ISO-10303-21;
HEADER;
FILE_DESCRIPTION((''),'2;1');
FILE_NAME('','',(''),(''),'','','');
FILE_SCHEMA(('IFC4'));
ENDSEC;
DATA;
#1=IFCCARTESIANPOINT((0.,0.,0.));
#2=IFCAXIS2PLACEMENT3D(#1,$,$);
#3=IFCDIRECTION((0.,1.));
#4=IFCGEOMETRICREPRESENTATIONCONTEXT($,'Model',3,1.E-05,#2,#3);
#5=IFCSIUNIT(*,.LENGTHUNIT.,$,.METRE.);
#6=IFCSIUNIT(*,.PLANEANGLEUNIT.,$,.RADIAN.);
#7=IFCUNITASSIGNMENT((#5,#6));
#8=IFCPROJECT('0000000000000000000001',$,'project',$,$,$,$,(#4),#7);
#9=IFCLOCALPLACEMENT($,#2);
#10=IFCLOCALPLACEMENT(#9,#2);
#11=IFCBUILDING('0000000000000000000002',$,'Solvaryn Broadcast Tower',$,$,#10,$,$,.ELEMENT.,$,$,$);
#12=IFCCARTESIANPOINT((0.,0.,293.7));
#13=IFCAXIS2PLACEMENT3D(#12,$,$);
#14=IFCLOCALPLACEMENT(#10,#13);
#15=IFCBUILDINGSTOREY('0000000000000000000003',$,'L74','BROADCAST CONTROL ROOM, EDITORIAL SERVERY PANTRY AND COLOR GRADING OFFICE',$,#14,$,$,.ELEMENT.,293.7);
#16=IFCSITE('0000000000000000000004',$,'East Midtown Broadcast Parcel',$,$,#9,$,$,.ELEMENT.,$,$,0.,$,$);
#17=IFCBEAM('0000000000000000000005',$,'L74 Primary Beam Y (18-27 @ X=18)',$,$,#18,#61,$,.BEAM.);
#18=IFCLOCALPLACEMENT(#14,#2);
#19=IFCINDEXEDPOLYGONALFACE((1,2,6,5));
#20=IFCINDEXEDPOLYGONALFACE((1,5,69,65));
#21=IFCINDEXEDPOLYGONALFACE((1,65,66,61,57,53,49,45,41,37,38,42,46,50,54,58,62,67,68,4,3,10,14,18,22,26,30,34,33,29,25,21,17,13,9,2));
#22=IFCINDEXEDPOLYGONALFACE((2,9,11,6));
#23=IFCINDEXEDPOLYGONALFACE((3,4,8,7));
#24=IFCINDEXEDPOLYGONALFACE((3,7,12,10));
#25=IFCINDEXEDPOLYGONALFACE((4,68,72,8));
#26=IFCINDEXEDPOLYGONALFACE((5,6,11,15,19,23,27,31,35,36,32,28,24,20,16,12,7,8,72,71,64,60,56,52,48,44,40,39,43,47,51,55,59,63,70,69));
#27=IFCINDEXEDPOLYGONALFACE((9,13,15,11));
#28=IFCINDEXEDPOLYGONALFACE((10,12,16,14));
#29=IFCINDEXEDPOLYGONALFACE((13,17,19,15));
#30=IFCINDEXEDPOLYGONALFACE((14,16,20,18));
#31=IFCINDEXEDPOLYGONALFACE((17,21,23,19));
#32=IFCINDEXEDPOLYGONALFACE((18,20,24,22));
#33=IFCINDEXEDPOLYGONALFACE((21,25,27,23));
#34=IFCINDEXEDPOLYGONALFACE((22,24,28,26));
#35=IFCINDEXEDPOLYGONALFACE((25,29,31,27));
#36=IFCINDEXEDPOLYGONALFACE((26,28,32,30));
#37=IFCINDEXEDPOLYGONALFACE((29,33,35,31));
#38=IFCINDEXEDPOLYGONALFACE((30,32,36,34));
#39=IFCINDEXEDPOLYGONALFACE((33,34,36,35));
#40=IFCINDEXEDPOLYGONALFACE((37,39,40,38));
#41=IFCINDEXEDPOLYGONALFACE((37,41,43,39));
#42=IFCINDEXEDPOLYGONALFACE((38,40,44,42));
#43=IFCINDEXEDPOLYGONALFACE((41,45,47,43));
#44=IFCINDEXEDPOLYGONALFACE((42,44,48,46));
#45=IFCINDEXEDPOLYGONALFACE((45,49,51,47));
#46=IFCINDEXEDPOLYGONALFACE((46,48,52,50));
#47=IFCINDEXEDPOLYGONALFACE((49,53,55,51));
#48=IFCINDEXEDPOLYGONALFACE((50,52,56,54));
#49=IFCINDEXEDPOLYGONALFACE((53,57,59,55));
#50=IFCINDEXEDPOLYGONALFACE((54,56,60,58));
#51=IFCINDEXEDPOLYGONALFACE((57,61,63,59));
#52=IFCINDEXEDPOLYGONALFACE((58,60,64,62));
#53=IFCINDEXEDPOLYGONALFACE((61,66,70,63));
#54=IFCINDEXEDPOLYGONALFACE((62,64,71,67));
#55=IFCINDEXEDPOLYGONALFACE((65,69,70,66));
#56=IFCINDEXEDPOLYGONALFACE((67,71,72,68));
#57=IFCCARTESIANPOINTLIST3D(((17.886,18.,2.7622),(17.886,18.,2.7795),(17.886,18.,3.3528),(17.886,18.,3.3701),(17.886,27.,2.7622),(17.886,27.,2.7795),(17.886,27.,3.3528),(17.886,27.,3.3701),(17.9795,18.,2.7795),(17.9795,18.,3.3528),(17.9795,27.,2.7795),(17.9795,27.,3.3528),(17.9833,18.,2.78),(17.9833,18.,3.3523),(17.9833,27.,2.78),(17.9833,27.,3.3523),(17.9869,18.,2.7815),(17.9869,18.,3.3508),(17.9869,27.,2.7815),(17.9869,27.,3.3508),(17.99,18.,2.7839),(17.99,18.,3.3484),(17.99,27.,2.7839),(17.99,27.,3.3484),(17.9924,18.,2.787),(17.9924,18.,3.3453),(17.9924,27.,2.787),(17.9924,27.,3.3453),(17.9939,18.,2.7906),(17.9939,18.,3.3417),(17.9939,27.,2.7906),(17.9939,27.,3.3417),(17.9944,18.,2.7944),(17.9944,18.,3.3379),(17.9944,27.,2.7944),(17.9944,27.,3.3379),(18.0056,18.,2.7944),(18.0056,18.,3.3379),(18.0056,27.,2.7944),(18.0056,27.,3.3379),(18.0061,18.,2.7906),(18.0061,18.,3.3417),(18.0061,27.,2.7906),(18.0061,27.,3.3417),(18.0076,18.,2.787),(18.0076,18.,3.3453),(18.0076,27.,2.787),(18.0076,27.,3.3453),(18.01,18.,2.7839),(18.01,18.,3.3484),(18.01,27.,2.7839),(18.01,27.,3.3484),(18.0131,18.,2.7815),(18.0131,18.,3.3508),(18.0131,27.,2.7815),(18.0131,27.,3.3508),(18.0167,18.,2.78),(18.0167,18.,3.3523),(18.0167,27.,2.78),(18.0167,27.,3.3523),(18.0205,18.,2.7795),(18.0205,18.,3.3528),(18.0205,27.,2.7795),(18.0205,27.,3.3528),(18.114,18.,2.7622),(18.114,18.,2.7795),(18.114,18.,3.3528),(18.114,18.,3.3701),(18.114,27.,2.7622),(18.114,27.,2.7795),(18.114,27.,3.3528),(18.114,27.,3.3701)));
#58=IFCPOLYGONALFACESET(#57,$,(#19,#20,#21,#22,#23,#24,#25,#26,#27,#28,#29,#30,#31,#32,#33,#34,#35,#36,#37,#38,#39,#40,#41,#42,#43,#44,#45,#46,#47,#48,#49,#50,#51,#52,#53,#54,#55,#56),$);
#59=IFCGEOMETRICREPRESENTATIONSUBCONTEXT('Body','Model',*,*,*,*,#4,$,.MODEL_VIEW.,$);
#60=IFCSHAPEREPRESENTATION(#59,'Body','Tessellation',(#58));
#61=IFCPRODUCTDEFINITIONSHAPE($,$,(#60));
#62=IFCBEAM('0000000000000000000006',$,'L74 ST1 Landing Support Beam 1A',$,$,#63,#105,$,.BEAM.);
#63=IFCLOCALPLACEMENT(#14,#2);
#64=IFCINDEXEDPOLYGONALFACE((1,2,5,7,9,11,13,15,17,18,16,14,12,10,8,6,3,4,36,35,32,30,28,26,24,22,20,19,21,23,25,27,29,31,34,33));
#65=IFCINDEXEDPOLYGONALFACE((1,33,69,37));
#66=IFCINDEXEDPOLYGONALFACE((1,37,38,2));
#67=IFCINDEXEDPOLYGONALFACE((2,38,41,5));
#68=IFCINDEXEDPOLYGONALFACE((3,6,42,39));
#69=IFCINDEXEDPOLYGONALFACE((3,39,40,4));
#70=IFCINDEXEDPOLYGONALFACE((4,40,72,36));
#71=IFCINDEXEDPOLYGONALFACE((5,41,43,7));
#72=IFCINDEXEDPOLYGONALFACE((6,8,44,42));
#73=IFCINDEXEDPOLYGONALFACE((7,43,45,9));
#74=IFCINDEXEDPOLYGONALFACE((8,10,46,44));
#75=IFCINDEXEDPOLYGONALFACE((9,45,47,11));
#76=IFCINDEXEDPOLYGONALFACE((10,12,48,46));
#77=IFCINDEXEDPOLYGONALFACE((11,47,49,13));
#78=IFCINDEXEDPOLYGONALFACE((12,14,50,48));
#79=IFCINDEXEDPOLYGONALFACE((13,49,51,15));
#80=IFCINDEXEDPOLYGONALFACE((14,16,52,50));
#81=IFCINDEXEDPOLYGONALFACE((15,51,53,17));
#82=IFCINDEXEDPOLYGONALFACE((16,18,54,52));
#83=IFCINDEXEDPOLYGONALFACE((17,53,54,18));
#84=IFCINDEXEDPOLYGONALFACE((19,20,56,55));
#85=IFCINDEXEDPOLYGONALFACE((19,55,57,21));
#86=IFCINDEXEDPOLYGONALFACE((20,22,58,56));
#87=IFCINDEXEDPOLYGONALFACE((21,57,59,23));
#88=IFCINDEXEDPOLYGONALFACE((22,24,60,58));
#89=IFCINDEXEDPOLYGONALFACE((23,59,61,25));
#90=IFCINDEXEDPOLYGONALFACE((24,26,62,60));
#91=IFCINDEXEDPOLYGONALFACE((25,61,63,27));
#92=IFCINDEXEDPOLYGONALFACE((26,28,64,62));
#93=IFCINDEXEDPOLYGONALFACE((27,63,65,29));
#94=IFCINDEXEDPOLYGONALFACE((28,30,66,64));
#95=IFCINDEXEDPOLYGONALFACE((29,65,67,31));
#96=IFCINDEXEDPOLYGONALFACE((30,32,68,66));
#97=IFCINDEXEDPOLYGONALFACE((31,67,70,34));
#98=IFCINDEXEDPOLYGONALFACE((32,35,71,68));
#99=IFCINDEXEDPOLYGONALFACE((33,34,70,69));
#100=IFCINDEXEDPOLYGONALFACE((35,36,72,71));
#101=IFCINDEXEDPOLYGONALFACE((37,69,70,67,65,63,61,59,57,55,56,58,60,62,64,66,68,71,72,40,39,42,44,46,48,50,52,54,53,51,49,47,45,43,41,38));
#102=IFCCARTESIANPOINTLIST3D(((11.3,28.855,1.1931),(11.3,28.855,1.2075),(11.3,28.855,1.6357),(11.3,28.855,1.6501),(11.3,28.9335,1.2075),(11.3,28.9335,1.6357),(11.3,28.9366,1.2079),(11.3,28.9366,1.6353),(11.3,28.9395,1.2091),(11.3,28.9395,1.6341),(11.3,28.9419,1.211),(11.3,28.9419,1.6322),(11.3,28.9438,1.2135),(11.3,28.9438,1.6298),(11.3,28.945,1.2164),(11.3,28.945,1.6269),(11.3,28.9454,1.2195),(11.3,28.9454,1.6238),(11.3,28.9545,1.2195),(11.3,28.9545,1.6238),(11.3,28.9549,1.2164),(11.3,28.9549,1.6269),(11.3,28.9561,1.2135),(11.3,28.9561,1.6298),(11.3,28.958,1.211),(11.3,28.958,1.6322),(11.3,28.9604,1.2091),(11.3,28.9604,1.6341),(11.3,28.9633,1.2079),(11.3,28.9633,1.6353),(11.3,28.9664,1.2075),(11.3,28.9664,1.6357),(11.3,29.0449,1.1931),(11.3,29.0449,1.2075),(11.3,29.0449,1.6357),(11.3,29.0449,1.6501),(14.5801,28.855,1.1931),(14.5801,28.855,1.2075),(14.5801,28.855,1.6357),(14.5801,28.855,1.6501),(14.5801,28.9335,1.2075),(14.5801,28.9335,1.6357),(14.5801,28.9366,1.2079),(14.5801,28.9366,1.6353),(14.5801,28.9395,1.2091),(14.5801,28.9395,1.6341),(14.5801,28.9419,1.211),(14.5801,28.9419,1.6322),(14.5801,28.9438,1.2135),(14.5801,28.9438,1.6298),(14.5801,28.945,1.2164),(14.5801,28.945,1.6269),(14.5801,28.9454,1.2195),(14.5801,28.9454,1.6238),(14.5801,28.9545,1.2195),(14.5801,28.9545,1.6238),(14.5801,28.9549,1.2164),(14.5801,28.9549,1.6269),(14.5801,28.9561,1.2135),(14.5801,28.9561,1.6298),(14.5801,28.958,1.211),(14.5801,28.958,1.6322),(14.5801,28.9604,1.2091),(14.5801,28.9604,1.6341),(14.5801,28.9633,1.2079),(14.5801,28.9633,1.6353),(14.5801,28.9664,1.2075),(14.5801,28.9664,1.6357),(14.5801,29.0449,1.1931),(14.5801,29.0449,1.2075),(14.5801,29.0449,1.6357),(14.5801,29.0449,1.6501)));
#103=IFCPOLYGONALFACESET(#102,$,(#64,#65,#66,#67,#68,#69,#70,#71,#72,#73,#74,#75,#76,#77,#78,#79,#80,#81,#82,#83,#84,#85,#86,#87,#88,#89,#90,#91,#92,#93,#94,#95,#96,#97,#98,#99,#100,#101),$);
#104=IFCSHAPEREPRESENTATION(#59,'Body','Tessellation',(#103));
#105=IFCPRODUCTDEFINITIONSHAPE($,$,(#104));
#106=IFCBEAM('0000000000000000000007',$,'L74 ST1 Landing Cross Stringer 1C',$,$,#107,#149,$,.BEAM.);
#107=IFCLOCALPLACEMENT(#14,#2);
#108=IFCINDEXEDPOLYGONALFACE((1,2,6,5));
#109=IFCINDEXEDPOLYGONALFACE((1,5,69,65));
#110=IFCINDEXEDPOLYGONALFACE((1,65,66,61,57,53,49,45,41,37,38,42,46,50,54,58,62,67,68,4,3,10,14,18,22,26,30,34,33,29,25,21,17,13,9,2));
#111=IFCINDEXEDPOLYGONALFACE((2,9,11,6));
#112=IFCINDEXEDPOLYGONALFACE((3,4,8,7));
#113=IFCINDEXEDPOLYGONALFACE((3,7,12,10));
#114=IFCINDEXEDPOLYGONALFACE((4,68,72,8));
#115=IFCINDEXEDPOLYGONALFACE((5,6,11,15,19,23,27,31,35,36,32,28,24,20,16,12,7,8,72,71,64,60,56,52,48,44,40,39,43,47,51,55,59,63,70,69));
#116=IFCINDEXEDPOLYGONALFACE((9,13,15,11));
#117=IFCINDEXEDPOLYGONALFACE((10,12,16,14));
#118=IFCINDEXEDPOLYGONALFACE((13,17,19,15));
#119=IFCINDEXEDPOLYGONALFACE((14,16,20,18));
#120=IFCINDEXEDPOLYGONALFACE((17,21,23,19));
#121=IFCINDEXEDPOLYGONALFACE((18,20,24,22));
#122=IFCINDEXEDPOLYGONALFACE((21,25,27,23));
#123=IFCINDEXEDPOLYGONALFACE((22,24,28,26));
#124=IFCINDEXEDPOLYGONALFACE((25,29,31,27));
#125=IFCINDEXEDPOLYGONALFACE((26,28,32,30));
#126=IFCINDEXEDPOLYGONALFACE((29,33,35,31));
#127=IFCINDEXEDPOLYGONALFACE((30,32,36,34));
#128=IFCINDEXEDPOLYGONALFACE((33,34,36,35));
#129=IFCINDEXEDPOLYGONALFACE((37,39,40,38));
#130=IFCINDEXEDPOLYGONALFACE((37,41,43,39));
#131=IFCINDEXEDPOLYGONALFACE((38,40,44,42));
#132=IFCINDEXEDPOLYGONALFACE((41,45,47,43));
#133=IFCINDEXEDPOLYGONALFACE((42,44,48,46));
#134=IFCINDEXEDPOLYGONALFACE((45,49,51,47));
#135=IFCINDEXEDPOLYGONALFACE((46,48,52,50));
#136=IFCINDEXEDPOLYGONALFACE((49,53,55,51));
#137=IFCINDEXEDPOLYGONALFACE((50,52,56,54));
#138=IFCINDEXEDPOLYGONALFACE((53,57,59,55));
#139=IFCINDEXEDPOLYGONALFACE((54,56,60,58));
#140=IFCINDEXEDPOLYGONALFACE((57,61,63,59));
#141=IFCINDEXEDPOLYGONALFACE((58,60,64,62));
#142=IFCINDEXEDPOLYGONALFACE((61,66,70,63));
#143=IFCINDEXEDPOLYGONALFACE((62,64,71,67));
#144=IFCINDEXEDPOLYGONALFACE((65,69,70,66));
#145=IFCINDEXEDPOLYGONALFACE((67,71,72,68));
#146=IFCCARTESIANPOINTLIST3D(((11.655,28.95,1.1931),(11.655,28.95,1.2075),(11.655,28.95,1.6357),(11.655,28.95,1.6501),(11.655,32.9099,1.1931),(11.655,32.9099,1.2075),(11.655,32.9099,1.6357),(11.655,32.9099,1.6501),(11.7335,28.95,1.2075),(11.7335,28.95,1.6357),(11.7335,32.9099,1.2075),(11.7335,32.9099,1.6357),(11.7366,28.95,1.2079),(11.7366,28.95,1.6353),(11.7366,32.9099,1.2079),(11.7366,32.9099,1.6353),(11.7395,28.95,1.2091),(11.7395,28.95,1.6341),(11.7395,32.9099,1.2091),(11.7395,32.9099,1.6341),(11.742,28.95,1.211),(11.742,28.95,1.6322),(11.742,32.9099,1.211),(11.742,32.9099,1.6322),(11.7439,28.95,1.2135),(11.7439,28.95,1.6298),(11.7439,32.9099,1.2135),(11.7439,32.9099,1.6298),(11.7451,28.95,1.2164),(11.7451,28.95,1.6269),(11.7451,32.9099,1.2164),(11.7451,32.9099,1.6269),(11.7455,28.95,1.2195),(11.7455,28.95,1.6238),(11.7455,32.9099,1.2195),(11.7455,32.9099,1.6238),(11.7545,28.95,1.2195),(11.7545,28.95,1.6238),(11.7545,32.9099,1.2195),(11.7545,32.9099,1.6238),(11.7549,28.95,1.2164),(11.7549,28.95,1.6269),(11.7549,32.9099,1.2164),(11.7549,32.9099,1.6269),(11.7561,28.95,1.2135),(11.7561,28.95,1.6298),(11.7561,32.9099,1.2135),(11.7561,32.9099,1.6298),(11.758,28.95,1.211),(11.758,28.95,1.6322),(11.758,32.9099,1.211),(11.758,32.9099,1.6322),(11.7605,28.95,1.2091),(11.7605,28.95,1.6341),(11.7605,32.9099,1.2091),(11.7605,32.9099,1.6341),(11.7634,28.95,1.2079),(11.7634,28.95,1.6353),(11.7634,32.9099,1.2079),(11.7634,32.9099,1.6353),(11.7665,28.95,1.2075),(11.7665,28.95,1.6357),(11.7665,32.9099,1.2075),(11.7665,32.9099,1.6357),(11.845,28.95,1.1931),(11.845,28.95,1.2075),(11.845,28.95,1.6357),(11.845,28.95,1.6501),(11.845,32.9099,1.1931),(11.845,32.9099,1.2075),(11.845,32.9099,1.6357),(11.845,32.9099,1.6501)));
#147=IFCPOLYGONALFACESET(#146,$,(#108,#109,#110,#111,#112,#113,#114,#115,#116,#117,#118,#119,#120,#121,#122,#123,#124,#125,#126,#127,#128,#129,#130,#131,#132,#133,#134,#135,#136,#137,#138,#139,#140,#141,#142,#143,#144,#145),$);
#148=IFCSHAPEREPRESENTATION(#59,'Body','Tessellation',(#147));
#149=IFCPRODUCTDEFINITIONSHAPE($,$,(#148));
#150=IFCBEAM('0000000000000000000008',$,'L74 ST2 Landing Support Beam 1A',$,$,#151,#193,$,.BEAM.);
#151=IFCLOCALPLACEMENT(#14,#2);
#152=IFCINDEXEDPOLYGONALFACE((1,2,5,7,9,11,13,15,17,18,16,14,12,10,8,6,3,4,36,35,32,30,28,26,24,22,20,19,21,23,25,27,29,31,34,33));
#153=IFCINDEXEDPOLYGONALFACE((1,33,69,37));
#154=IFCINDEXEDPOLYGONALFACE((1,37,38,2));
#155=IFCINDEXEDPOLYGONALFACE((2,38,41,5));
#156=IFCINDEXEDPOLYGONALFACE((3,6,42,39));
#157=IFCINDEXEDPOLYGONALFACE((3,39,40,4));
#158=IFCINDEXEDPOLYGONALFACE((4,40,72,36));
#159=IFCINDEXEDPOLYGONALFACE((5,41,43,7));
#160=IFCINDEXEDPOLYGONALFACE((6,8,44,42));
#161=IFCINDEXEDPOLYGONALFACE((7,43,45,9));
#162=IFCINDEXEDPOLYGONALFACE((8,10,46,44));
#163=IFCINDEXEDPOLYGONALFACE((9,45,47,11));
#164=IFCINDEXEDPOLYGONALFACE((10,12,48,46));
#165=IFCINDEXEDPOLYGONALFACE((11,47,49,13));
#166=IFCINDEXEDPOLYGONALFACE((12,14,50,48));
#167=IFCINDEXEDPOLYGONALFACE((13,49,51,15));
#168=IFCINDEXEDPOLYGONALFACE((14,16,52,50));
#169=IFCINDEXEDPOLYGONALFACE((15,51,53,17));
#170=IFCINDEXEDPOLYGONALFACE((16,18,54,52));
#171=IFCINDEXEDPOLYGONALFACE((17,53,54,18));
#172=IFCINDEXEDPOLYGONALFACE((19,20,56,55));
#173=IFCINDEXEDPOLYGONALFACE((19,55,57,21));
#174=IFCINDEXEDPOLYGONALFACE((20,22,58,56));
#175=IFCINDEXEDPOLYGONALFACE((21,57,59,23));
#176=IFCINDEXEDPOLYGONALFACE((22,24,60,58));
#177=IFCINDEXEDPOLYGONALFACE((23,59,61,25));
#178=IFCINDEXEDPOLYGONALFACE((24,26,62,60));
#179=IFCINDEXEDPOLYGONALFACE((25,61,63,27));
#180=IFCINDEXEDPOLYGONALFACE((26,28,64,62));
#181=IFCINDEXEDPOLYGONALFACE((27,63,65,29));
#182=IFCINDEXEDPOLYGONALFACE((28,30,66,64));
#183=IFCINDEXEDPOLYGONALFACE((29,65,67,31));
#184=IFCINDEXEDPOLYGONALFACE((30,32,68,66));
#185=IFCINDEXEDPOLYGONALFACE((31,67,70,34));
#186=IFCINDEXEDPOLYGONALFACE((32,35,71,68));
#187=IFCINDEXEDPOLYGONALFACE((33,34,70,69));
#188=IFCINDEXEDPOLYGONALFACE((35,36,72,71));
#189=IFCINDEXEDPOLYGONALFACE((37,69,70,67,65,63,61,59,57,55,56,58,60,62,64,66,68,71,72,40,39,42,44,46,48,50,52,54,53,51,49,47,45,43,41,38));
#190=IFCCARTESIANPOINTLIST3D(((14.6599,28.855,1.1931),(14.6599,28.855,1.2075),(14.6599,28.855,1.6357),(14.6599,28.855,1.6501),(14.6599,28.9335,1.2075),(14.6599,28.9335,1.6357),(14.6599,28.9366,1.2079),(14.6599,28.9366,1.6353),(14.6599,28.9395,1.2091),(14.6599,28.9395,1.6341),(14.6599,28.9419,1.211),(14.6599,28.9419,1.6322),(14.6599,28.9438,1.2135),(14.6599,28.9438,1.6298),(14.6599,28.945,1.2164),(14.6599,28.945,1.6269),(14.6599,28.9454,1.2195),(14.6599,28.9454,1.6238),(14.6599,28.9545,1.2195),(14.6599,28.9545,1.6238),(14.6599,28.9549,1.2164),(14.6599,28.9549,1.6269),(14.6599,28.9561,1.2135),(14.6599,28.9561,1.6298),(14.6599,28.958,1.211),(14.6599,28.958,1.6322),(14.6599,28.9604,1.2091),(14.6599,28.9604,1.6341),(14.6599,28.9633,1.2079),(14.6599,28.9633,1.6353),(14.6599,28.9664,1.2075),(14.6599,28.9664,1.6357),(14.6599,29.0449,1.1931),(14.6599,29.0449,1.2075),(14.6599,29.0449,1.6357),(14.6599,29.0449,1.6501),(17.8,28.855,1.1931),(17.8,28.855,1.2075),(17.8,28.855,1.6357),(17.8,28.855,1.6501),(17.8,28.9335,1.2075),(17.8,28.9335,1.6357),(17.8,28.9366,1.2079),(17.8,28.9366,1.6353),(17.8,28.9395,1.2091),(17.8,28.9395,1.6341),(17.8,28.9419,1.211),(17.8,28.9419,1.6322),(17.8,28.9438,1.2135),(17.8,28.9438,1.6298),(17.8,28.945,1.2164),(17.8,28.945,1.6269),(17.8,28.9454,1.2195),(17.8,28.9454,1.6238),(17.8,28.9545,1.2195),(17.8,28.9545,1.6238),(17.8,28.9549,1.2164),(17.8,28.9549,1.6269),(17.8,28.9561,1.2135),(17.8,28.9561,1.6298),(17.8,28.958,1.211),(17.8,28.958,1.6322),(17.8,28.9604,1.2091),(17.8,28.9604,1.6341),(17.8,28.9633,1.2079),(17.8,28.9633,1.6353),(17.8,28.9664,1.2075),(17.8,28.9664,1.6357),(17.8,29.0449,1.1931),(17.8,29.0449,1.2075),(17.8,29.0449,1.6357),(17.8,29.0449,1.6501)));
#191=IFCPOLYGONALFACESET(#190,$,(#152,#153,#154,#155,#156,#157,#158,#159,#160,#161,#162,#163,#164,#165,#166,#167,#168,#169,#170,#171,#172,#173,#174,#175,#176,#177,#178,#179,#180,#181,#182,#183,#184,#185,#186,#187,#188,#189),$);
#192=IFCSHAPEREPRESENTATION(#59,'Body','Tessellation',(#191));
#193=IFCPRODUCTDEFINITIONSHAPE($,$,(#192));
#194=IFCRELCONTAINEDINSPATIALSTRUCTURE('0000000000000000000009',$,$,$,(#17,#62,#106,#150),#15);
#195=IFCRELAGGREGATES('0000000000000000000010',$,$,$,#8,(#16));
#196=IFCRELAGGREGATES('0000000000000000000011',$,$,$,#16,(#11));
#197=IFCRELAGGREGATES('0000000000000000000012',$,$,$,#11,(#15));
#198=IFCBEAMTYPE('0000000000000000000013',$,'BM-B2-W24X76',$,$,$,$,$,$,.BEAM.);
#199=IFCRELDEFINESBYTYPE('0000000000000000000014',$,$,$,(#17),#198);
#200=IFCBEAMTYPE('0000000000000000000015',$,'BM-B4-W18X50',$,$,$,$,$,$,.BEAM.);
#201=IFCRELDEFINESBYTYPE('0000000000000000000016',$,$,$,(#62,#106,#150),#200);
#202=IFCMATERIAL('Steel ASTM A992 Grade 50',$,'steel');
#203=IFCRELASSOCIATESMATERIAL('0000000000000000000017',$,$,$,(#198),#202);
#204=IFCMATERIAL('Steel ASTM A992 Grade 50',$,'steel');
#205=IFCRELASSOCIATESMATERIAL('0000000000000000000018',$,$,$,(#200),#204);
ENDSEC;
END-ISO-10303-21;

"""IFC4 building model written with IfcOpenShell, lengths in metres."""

from ifc_helpers import new_model, si_unit, direction, frame, origin, origin_2d, place, context, subcontext, project, spatial, i_section, extrude, material, material_profile, profile_set, type_object, element, save


model = new_model("IFC4")

# Units and contexts
model_context = context("Model", 3, precision=1e-05, world=origin(), true_north=direction((0.0, 1.0)))
body_context = subcontext(model_context, "Body", "Model", "MODEL_VIEW")
ifc_project = project(units=[si_unit("LENGTHUNIT", "METRE"), si_unit("PLANEANGLEUNIT", "RADIAN")], contexts=[model_context])

# Site, building, storey
site_placement = place(None, origin())
site = spatial("IfcSite", under=ifc_project, at=site_placement, Name="East Midtown Broadcast Parcel", CompositionType="ELEMENT", RefElevation=0.0)
building_placement = place(site_placement, origin())
building = spatial("IfcBuilding", under=site, at=building_placement, Name="Solvaryn Broadcast Tower", CompositionType="ELEMENT")
storey_placement = place(building_placement, frame((0.0, 0.0, 293.7)))
storey = spatial("IfcBuildingStorey", under=building, at=storey_placement, Name="L74", Description="BROADCAST CONTROL ROOM, EDITORIAL SERVERY PANTRY AND COLOR GRADING OFFICE", CompositionType="ELEMENT", Elevation=293.7)

# Beams
ifc_material_1 = material(Name="Steel ASTM A992 Grade 50", Category="steel")
ifc_material_profile_1 = material_profile(ifc_material_1, i_section(OverallWidth=0.228, OverallDepth=0.6079, WebThickness=0.0112, FlangeThickness=0.0173, FilletRadius=0.0149, at=origin_2d()))
ifc_profile_set_1 = profile_set([ifc_material_profile_1], Name="Steel ASTM A992 Grade 50")
beam_type_1 = type_object("IfcBeamType", Name="BM-B2-W24X76", PredefinedType="BEAM", material=ifc_profile_set_1)
beam_1_placement = place(storey_placement, frame((18.0, 18.0, 3.0662), z_axis=(0.0, 1.0, 0.0), x_axis=(-1.0, 0.0, 0.0)))
element("IfcBeam", 1, at=beam_1_placement, inside=storey, type_object=beam_type_1, Name="L74 Primary Beam Y (18-27 @ X=18)", PredefinedType="BEAM", context=body_context, shape_type="SweptSolid", body=[
    extrude(i_section(OverallWidth=0.228, OverallDepth=0.6079, WebThickness=0.0112, FlangeThickness=0.0173, FilletRadius=0.0149, at=origin_2d()), origin(), (0.0, 0.0, 1.0), 9.0),
])
ifc_material_2 = material(Name="Steel ASTM A992 Grade 50", Category="steel")
ifc_material_profile_2 = material_profile(ifc_material_2, i_section(OverallWidth=0.1899, OverallDepth=0.457, WebThickness=0.009, FlangeThickness=0.0144, FilletRadius=0.012, at=origin_2d()))
ifc_profile_set_2 = profile_set([ifc_material_profile_2], Name="Steel ASTM A992 Grade 50")
beam_type_2 = type_object("IfcBeamType", Name="BM-B4-W18X50", PredefinedType="BEAM", material=ifc_profile_set_2)
beam_2_placement = place(storey_placement, frame((11.3, 28.95, 1.4216), z_axis=(1.0, 0.0, 0.0), x_axis=(0.0, 1.0, 0.0)))
element("IfcBeam", 2, at=beam_2_placement, inside=storey, type_object=beam_type_2, Name="L74 ST1 Landing Support Beam 1A", PredefinedType="BEAM", context=body_context, shape_type="SweptSolid", body=[
    extrude(i_section(OverallWidth=0.1899, OverallDepth=0.457, WebThickness=0.009, FlangeThickness=0.0144, FilletRadius=0.012, at=origin_2d()), origin(), (0.0, 0.0, 1.0), 3.28),
])
beam_3_placement = place(storey_placement, frame((11.75, 28.95, 1.4216), z_axis=(0.0, 1.0, 0.0), x_axis=(-1.0, 0.0, 0.0)))
element("IfcBeam", 3, at=beam_3_placement, inside=storey, type_object=beam_type_2, Name="L74 ST1 Landing Cross Stringer 1C", PredefinedType="BEAM", context=body_context, shape_type="SweptSolid", body=[
    extrude(i_section(OverallWidth=0.1899, OverallDepth=0.457, WebThickness=0.009, FlangeThickness=0.0144, FilletRadius=0.012, at=origin_2d()), origin(), (0.0, 0.0, 1.0), 3.96),
])
beam_4_placement = place(storey_placement, frame((14.6599, 28.95, 1.4216), z_axis=(1.0, 0.0, 0.0), x_axis=(0.0, 1.0, 0.0)))
element("IfcBeam", 4, at=beam_4_placement, inside=storey, type_object=beam_type_2, Name="L74 ST2 Landing Support Beam 1A", PredefinedType="BEAM", context=body_context, shape_type="SweptSolid", body=[
    extrude(i_section(OverallWidth=0.1899, OverallDepth=0.457, WebThickness=0.009, FlangeThickness=0.0144, FilletRadius=0.012, at=origin_2d()), origin(), (0.0, 0.0, 1.0), 3.1401),
])

save(model, "model.ifc")
